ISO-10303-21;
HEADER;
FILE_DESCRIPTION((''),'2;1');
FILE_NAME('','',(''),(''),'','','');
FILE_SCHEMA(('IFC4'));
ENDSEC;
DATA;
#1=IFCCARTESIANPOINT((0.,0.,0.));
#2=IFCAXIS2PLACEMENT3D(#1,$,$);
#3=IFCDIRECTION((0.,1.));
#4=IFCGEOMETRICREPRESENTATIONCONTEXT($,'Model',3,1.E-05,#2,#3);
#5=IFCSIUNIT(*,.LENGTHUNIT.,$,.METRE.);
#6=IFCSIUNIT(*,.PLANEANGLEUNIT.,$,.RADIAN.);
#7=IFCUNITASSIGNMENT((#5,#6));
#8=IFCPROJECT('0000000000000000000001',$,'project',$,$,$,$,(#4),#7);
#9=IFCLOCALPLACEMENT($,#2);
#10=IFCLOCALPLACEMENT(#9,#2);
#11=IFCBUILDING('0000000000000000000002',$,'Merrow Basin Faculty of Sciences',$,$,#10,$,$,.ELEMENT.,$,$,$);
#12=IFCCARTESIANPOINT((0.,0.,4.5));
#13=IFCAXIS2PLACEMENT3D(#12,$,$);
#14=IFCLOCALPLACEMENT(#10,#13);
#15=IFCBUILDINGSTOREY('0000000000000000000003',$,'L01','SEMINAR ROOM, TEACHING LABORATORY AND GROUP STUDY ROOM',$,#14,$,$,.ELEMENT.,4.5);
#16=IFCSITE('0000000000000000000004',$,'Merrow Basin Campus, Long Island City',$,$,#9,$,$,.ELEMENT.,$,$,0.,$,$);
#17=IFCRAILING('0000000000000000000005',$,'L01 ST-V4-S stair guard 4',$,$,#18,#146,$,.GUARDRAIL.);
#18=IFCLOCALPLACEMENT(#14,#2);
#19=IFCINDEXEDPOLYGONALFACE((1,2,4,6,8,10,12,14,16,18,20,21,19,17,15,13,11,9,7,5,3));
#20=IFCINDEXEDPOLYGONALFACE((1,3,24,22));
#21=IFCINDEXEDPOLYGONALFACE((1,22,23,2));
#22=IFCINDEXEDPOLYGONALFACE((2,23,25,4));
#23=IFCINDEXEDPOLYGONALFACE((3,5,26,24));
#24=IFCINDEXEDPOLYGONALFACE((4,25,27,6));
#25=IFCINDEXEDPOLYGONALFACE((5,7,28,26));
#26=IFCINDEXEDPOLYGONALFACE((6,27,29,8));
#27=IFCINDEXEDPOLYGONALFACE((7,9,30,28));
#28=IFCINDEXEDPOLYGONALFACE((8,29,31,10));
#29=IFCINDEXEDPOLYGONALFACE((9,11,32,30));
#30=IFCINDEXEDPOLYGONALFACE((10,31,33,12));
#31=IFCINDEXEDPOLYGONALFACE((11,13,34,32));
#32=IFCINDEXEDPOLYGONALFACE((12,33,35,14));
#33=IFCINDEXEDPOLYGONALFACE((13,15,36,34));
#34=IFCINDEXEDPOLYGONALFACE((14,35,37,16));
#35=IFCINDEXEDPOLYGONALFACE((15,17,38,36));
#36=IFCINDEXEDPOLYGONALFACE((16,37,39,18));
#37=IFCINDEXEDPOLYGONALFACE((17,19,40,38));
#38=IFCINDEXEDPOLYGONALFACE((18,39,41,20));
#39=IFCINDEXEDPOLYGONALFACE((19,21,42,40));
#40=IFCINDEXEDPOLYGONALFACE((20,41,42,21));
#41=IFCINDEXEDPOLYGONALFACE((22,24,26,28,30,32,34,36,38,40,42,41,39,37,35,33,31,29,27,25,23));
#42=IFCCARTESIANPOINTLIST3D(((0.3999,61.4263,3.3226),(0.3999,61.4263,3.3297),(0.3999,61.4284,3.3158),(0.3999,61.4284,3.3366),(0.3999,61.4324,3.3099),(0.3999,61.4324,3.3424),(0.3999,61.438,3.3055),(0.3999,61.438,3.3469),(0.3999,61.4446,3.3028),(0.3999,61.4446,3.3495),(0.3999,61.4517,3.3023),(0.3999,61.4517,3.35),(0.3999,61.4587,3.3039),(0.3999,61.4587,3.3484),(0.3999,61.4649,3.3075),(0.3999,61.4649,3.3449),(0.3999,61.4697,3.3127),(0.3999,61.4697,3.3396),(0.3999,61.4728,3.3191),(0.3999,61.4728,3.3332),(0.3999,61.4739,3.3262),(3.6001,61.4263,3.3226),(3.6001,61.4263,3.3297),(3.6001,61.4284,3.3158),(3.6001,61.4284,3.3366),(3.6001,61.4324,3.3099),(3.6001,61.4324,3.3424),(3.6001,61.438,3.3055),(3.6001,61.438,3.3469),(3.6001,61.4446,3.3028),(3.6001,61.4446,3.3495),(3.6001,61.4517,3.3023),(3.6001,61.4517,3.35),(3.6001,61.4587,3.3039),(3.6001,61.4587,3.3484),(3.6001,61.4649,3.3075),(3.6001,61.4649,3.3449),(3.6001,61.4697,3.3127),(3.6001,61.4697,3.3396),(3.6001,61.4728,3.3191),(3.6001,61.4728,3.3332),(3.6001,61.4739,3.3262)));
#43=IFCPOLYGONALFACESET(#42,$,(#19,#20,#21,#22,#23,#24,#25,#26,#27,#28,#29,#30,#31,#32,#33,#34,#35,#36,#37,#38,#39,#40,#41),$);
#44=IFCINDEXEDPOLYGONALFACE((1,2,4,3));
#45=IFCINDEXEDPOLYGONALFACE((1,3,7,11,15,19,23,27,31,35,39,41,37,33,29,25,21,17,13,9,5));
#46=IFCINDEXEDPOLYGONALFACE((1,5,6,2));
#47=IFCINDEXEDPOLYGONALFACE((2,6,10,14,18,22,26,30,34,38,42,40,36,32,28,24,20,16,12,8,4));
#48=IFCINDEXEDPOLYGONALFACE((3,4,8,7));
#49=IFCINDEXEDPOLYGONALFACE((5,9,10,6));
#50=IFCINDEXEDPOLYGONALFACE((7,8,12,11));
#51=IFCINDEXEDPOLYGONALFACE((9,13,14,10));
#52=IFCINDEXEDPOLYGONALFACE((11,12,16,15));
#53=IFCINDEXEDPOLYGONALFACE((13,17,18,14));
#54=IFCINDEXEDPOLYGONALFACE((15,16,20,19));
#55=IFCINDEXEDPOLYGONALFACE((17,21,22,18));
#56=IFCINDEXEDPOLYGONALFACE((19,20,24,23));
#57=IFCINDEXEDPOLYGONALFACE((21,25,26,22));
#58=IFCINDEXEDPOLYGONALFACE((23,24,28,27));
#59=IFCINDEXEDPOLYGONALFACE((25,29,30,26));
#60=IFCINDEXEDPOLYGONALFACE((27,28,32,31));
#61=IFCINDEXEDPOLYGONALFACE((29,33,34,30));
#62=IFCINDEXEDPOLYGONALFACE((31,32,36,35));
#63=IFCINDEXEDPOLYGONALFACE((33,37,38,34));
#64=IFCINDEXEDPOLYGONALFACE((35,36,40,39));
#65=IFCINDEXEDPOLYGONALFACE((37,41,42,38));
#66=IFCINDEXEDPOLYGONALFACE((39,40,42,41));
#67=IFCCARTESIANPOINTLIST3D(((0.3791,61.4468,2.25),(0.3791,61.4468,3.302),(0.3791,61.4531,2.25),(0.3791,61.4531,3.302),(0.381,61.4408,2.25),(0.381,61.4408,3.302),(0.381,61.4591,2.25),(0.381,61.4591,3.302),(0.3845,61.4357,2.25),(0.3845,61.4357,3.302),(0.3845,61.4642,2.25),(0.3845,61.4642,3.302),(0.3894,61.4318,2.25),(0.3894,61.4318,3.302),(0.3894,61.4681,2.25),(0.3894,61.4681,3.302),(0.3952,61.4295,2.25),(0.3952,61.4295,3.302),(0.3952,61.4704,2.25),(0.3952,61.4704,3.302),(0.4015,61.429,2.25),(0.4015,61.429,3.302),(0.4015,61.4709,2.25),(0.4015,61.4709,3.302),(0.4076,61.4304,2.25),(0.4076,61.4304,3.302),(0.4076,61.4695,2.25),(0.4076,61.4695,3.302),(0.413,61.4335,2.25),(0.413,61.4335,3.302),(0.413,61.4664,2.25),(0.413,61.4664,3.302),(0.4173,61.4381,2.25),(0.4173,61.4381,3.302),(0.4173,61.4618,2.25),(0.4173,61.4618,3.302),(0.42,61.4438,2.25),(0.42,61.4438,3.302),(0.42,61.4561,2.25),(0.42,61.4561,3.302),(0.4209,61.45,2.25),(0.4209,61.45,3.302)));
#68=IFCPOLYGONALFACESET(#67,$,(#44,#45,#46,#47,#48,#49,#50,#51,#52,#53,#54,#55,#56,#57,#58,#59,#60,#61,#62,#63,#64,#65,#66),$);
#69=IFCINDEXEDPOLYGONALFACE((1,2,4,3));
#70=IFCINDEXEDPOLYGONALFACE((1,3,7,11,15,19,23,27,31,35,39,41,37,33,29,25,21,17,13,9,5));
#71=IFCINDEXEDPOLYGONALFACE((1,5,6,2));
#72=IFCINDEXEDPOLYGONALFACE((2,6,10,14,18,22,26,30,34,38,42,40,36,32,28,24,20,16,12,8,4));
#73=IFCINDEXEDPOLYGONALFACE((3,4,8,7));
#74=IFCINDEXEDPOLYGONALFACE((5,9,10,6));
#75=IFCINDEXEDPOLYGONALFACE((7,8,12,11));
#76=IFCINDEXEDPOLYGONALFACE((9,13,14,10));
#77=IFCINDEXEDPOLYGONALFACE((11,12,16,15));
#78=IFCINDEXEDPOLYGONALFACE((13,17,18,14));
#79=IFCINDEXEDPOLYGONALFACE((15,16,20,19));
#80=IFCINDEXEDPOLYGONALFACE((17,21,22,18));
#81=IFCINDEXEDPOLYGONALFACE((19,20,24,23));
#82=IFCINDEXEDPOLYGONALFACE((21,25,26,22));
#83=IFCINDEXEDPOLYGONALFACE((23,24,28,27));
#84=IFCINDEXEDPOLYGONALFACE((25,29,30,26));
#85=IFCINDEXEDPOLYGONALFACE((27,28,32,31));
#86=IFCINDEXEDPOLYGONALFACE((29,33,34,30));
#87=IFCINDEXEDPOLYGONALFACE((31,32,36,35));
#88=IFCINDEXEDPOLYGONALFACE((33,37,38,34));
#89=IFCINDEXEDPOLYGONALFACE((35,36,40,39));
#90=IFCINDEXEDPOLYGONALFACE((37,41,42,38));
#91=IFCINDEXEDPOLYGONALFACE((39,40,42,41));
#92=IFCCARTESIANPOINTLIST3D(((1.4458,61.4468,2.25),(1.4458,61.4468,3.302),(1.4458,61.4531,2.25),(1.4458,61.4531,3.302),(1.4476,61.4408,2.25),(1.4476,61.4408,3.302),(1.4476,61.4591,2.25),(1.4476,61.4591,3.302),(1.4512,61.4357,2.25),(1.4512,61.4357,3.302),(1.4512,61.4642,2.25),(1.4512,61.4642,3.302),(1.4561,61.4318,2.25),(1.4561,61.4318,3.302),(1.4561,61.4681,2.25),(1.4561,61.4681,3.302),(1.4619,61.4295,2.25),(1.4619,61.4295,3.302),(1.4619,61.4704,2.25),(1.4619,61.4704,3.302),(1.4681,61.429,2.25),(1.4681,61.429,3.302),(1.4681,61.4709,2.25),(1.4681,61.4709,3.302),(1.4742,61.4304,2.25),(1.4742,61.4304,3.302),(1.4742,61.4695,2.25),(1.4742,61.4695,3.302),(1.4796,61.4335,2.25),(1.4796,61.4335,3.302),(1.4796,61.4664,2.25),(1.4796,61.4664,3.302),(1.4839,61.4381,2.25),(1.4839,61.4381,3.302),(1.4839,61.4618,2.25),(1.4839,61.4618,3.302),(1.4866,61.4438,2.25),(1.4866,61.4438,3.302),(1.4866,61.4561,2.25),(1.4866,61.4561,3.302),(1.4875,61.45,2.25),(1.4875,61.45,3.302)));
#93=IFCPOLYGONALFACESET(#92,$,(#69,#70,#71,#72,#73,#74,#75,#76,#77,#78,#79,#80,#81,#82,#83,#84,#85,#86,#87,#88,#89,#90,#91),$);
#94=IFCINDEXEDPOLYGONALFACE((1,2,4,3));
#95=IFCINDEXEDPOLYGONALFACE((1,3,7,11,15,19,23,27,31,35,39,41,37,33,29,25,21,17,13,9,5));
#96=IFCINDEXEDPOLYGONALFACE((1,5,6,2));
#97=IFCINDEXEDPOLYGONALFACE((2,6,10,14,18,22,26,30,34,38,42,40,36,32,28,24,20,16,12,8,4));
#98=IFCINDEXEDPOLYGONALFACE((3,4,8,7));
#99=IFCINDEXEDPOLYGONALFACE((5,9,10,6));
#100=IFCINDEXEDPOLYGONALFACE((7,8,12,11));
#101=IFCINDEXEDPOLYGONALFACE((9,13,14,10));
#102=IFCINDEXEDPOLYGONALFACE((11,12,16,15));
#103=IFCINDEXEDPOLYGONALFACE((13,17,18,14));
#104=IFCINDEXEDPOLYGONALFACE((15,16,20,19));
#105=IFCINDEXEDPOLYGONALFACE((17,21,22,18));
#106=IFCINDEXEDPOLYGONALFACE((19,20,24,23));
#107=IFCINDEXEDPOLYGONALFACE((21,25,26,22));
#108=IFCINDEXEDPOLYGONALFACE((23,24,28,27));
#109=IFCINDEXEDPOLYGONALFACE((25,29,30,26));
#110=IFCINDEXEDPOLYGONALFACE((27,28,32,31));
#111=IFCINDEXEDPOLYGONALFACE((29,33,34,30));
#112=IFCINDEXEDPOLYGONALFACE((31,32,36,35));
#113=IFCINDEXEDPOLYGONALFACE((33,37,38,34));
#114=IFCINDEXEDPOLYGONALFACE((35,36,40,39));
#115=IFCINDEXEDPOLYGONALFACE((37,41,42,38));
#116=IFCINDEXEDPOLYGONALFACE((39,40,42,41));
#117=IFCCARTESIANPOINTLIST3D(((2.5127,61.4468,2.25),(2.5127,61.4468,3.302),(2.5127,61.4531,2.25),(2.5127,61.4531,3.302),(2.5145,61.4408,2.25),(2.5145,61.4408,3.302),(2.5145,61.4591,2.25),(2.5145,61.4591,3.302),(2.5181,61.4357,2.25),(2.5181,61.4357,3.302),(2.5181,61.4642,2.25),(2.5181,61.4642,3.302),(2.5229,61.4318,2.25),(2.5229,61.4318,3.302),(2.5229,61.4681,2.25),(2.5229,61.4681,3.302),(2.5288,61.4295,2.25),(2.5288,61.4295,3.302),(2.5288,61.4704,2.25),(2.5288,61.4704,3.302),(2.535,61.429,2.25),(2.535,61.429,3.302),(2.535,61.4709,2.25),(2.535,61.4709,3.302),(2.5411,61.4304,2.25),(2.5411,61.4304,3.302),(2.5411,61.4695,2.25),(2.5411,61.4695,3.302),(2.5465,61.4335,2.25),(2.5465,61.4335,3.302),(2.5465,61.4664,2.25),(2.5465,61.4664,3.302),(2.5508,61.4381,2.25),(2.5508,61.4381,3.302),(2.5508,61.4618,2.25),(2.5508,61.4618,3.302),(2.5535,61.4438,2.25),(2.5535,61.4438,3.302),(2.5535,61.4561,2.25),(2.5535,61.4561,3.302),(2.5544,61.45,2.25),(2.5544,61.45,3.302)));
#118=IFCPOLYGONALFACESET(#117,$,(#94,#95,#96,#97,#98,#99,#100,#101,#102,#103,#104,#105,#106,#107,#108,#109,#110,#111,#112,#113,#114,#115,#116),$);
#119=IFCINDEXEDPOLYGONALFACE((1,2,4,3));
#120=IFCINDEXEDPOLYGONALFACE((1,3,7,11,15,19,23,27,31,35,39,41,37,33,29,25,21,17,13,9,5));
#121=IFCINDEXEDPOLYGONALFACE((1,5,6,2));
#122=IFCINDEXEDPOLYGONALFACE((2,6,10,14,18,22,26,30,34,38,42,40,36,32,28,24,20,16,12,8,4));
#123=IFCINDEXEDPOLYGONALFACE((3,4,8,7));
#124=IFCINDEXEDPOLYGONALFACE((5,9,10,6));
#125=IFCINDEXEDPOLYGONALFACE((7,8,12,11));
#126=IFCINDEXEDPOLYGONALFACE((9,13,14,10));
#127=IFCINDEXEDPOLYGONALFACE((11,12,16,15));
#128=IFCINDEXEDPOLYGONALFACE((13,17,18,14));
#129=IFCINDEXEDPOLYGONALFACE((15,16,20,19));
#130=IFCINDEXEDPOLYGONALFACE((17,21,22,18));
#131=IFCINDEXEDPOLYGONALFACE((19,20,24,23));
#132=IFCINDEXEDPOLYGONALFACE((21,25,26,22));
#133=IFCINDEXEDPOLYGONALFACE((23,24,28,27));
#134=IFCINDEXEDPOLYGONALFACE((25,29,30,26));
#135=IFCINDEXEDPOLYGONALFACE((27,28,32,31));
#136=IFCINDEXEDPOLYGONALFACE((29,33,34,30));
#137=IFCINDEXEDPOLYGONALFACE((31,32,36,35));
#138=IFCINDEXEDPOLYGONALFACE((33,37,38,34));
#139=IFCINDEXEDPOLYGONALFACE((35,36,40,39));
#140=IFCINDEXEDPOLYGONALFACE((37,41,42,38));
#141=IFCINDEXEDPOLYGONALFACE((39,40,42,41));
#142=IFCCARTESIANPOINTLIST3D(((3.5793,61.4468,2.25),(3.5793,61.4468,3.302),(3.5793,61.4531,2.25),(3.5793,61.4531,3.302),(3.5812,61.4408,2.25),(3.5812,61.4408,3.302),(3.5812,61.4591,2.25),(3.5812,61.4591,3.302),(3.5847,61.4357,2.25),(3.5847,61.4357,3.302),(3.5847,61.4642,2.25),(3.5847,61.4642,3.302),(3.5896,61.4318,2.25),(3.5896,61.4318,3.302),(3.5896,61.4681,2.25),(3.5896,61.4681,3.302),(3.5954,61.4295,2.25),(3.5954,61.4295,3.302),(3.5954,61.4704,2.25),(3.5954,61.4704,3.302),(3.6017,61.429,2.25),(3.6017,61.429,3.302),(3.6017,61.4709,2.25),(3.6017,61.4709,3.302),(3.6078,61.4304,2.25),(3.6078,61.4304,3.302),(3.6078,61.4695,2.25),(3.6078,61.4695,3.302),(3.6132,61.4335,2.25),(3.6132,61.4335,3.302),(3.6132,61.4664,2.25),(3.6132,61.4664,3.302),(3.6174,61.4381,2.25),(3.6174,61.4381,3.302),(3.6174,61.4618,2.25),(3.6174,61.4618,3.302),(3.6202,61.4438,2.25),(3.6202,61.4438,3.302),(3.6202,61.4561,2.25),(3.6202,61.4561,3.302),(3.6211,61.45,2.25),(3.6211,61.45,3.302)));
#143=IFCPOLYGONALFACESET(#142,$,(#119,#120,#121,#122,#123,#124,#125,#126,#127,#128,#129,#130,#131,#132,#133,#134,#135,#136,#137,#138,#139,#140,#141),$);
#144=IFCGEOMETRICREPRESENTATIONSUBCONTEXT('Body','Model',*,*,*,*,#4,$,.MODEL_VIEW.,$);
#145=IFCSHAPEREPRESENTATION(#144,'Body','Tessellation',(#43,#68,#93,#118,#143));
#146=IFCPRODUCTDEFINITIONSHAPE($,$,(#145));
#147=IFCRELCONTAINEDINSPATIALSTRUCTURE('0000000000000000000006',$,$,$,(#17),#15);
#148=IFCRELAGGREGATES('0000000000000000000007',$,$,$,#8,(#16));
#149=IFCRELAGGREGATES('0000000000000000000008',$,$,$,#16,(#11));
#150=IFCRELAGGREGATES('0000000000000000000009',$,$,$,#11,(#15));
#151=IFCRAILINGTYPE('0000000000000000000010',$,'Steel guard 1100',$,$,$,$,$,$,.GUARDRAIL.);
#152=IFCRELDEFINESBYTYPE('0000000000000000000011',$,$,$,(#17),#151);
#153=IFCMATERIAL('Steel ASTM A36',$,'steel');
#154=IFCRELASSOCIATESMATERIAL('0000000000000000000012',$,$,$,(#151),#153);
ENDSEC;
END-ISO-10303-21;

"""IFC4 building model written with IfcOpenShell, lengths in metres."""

from ifc_helpers import new_model, si_unit, direction, frame, origin, origin_2d, place, context, subcontext, project, spatial, circle, extrude, material, type_object, element, save


model = new_model("IFC4")

# Units and contexts
model_context = context("Model", 3, precision=1e-05, world=origin(), true_north=direction((0.0, 1.0)))
body_context = subcontext(model_context, "Body", "Model", "MODEL_VIEW")
ifc_project = project(units=[si_unit("LENGTHUNIT", "METRE"), si_unit("PLANEANGLEUNIT", "RADIAN")], contexts=[model_context])

# Site, building, storey
site_placement = place(None, origin())
site = spatial("IfcSite", under=ifc_project, at=site_placement, Name="Merrow Basin Campus, Long Island City", CompositionType="ELEMENT", RefElevation=0.0)
building_placement = place(site_placement, origin())
building = spatial("IfcBuilding", under=site, at=building_placement, Name="Merrow Basin Faculty of Sciences", CompositionType="ELEMENT")
storey_placement = place(building_placement, frame((0.0, 0.0, 4.5)))
storey = spatial("IfcBuildingStorey", under=building, at=storey_placement, Name="L01", Description="SEMINAR ROOM, TEACHING LABORATORY AND GROUP STUDY ROOM", CompositionType="ELEMENT", Elevation=4.5)

# Railing
ifc_material_1 = material(Name="Steel ASTM A36", Category="steel")
railing_type_1 = type_object("IfcRailingType", Name="Steel guard 1100", PredefinedType="GUARDRAIL", material=ifc_material_1)
railing_1_placement = place(storey_placement, frame((0.3999, 61.45, 2.25)))
element("IfcRailing", 1, at=railing_1_placement, inside=storey, type_object=railing_type_1, Name="L01 ST-V4-S stair guard 4", PredefinedType="GUARDRAIL", context=body_context, shape_type="SweptSolid", body=[
    extrude(circle(Radius=0.0239, at=origin_2d()), frame((0.0, 0.0, 1.0762), z_axis=(1.0, 0.0, 0.0), x_axis=(0.0, 1.0, 0.0)), (0.0, 0.0, 1.0), 3.2002),
    extrude(circle(Radius=0.021, at=origin_2d()), origin(), (0.0, 0.0, 1.0), 1.052),
    extrude(circle(Radius=0.021, at=origin_2d()), frame((1.0667, 0.0, 0.0)), (0.0, 0.0, 1.0), 1.052),
    extrude(circle(Radius=0.021, at=origin_2d()), frame((2.1335, 0.0, 0.0)), (0.0, 0.0, 1.0), 1.052),
    extrude(circle(Radius=0.021, at=origin_2d()), frame((3.2002, 0.0, 0.0)), (0.0, 0.0, 1.0), 1.052),
])

save(model, "model.ifc")
